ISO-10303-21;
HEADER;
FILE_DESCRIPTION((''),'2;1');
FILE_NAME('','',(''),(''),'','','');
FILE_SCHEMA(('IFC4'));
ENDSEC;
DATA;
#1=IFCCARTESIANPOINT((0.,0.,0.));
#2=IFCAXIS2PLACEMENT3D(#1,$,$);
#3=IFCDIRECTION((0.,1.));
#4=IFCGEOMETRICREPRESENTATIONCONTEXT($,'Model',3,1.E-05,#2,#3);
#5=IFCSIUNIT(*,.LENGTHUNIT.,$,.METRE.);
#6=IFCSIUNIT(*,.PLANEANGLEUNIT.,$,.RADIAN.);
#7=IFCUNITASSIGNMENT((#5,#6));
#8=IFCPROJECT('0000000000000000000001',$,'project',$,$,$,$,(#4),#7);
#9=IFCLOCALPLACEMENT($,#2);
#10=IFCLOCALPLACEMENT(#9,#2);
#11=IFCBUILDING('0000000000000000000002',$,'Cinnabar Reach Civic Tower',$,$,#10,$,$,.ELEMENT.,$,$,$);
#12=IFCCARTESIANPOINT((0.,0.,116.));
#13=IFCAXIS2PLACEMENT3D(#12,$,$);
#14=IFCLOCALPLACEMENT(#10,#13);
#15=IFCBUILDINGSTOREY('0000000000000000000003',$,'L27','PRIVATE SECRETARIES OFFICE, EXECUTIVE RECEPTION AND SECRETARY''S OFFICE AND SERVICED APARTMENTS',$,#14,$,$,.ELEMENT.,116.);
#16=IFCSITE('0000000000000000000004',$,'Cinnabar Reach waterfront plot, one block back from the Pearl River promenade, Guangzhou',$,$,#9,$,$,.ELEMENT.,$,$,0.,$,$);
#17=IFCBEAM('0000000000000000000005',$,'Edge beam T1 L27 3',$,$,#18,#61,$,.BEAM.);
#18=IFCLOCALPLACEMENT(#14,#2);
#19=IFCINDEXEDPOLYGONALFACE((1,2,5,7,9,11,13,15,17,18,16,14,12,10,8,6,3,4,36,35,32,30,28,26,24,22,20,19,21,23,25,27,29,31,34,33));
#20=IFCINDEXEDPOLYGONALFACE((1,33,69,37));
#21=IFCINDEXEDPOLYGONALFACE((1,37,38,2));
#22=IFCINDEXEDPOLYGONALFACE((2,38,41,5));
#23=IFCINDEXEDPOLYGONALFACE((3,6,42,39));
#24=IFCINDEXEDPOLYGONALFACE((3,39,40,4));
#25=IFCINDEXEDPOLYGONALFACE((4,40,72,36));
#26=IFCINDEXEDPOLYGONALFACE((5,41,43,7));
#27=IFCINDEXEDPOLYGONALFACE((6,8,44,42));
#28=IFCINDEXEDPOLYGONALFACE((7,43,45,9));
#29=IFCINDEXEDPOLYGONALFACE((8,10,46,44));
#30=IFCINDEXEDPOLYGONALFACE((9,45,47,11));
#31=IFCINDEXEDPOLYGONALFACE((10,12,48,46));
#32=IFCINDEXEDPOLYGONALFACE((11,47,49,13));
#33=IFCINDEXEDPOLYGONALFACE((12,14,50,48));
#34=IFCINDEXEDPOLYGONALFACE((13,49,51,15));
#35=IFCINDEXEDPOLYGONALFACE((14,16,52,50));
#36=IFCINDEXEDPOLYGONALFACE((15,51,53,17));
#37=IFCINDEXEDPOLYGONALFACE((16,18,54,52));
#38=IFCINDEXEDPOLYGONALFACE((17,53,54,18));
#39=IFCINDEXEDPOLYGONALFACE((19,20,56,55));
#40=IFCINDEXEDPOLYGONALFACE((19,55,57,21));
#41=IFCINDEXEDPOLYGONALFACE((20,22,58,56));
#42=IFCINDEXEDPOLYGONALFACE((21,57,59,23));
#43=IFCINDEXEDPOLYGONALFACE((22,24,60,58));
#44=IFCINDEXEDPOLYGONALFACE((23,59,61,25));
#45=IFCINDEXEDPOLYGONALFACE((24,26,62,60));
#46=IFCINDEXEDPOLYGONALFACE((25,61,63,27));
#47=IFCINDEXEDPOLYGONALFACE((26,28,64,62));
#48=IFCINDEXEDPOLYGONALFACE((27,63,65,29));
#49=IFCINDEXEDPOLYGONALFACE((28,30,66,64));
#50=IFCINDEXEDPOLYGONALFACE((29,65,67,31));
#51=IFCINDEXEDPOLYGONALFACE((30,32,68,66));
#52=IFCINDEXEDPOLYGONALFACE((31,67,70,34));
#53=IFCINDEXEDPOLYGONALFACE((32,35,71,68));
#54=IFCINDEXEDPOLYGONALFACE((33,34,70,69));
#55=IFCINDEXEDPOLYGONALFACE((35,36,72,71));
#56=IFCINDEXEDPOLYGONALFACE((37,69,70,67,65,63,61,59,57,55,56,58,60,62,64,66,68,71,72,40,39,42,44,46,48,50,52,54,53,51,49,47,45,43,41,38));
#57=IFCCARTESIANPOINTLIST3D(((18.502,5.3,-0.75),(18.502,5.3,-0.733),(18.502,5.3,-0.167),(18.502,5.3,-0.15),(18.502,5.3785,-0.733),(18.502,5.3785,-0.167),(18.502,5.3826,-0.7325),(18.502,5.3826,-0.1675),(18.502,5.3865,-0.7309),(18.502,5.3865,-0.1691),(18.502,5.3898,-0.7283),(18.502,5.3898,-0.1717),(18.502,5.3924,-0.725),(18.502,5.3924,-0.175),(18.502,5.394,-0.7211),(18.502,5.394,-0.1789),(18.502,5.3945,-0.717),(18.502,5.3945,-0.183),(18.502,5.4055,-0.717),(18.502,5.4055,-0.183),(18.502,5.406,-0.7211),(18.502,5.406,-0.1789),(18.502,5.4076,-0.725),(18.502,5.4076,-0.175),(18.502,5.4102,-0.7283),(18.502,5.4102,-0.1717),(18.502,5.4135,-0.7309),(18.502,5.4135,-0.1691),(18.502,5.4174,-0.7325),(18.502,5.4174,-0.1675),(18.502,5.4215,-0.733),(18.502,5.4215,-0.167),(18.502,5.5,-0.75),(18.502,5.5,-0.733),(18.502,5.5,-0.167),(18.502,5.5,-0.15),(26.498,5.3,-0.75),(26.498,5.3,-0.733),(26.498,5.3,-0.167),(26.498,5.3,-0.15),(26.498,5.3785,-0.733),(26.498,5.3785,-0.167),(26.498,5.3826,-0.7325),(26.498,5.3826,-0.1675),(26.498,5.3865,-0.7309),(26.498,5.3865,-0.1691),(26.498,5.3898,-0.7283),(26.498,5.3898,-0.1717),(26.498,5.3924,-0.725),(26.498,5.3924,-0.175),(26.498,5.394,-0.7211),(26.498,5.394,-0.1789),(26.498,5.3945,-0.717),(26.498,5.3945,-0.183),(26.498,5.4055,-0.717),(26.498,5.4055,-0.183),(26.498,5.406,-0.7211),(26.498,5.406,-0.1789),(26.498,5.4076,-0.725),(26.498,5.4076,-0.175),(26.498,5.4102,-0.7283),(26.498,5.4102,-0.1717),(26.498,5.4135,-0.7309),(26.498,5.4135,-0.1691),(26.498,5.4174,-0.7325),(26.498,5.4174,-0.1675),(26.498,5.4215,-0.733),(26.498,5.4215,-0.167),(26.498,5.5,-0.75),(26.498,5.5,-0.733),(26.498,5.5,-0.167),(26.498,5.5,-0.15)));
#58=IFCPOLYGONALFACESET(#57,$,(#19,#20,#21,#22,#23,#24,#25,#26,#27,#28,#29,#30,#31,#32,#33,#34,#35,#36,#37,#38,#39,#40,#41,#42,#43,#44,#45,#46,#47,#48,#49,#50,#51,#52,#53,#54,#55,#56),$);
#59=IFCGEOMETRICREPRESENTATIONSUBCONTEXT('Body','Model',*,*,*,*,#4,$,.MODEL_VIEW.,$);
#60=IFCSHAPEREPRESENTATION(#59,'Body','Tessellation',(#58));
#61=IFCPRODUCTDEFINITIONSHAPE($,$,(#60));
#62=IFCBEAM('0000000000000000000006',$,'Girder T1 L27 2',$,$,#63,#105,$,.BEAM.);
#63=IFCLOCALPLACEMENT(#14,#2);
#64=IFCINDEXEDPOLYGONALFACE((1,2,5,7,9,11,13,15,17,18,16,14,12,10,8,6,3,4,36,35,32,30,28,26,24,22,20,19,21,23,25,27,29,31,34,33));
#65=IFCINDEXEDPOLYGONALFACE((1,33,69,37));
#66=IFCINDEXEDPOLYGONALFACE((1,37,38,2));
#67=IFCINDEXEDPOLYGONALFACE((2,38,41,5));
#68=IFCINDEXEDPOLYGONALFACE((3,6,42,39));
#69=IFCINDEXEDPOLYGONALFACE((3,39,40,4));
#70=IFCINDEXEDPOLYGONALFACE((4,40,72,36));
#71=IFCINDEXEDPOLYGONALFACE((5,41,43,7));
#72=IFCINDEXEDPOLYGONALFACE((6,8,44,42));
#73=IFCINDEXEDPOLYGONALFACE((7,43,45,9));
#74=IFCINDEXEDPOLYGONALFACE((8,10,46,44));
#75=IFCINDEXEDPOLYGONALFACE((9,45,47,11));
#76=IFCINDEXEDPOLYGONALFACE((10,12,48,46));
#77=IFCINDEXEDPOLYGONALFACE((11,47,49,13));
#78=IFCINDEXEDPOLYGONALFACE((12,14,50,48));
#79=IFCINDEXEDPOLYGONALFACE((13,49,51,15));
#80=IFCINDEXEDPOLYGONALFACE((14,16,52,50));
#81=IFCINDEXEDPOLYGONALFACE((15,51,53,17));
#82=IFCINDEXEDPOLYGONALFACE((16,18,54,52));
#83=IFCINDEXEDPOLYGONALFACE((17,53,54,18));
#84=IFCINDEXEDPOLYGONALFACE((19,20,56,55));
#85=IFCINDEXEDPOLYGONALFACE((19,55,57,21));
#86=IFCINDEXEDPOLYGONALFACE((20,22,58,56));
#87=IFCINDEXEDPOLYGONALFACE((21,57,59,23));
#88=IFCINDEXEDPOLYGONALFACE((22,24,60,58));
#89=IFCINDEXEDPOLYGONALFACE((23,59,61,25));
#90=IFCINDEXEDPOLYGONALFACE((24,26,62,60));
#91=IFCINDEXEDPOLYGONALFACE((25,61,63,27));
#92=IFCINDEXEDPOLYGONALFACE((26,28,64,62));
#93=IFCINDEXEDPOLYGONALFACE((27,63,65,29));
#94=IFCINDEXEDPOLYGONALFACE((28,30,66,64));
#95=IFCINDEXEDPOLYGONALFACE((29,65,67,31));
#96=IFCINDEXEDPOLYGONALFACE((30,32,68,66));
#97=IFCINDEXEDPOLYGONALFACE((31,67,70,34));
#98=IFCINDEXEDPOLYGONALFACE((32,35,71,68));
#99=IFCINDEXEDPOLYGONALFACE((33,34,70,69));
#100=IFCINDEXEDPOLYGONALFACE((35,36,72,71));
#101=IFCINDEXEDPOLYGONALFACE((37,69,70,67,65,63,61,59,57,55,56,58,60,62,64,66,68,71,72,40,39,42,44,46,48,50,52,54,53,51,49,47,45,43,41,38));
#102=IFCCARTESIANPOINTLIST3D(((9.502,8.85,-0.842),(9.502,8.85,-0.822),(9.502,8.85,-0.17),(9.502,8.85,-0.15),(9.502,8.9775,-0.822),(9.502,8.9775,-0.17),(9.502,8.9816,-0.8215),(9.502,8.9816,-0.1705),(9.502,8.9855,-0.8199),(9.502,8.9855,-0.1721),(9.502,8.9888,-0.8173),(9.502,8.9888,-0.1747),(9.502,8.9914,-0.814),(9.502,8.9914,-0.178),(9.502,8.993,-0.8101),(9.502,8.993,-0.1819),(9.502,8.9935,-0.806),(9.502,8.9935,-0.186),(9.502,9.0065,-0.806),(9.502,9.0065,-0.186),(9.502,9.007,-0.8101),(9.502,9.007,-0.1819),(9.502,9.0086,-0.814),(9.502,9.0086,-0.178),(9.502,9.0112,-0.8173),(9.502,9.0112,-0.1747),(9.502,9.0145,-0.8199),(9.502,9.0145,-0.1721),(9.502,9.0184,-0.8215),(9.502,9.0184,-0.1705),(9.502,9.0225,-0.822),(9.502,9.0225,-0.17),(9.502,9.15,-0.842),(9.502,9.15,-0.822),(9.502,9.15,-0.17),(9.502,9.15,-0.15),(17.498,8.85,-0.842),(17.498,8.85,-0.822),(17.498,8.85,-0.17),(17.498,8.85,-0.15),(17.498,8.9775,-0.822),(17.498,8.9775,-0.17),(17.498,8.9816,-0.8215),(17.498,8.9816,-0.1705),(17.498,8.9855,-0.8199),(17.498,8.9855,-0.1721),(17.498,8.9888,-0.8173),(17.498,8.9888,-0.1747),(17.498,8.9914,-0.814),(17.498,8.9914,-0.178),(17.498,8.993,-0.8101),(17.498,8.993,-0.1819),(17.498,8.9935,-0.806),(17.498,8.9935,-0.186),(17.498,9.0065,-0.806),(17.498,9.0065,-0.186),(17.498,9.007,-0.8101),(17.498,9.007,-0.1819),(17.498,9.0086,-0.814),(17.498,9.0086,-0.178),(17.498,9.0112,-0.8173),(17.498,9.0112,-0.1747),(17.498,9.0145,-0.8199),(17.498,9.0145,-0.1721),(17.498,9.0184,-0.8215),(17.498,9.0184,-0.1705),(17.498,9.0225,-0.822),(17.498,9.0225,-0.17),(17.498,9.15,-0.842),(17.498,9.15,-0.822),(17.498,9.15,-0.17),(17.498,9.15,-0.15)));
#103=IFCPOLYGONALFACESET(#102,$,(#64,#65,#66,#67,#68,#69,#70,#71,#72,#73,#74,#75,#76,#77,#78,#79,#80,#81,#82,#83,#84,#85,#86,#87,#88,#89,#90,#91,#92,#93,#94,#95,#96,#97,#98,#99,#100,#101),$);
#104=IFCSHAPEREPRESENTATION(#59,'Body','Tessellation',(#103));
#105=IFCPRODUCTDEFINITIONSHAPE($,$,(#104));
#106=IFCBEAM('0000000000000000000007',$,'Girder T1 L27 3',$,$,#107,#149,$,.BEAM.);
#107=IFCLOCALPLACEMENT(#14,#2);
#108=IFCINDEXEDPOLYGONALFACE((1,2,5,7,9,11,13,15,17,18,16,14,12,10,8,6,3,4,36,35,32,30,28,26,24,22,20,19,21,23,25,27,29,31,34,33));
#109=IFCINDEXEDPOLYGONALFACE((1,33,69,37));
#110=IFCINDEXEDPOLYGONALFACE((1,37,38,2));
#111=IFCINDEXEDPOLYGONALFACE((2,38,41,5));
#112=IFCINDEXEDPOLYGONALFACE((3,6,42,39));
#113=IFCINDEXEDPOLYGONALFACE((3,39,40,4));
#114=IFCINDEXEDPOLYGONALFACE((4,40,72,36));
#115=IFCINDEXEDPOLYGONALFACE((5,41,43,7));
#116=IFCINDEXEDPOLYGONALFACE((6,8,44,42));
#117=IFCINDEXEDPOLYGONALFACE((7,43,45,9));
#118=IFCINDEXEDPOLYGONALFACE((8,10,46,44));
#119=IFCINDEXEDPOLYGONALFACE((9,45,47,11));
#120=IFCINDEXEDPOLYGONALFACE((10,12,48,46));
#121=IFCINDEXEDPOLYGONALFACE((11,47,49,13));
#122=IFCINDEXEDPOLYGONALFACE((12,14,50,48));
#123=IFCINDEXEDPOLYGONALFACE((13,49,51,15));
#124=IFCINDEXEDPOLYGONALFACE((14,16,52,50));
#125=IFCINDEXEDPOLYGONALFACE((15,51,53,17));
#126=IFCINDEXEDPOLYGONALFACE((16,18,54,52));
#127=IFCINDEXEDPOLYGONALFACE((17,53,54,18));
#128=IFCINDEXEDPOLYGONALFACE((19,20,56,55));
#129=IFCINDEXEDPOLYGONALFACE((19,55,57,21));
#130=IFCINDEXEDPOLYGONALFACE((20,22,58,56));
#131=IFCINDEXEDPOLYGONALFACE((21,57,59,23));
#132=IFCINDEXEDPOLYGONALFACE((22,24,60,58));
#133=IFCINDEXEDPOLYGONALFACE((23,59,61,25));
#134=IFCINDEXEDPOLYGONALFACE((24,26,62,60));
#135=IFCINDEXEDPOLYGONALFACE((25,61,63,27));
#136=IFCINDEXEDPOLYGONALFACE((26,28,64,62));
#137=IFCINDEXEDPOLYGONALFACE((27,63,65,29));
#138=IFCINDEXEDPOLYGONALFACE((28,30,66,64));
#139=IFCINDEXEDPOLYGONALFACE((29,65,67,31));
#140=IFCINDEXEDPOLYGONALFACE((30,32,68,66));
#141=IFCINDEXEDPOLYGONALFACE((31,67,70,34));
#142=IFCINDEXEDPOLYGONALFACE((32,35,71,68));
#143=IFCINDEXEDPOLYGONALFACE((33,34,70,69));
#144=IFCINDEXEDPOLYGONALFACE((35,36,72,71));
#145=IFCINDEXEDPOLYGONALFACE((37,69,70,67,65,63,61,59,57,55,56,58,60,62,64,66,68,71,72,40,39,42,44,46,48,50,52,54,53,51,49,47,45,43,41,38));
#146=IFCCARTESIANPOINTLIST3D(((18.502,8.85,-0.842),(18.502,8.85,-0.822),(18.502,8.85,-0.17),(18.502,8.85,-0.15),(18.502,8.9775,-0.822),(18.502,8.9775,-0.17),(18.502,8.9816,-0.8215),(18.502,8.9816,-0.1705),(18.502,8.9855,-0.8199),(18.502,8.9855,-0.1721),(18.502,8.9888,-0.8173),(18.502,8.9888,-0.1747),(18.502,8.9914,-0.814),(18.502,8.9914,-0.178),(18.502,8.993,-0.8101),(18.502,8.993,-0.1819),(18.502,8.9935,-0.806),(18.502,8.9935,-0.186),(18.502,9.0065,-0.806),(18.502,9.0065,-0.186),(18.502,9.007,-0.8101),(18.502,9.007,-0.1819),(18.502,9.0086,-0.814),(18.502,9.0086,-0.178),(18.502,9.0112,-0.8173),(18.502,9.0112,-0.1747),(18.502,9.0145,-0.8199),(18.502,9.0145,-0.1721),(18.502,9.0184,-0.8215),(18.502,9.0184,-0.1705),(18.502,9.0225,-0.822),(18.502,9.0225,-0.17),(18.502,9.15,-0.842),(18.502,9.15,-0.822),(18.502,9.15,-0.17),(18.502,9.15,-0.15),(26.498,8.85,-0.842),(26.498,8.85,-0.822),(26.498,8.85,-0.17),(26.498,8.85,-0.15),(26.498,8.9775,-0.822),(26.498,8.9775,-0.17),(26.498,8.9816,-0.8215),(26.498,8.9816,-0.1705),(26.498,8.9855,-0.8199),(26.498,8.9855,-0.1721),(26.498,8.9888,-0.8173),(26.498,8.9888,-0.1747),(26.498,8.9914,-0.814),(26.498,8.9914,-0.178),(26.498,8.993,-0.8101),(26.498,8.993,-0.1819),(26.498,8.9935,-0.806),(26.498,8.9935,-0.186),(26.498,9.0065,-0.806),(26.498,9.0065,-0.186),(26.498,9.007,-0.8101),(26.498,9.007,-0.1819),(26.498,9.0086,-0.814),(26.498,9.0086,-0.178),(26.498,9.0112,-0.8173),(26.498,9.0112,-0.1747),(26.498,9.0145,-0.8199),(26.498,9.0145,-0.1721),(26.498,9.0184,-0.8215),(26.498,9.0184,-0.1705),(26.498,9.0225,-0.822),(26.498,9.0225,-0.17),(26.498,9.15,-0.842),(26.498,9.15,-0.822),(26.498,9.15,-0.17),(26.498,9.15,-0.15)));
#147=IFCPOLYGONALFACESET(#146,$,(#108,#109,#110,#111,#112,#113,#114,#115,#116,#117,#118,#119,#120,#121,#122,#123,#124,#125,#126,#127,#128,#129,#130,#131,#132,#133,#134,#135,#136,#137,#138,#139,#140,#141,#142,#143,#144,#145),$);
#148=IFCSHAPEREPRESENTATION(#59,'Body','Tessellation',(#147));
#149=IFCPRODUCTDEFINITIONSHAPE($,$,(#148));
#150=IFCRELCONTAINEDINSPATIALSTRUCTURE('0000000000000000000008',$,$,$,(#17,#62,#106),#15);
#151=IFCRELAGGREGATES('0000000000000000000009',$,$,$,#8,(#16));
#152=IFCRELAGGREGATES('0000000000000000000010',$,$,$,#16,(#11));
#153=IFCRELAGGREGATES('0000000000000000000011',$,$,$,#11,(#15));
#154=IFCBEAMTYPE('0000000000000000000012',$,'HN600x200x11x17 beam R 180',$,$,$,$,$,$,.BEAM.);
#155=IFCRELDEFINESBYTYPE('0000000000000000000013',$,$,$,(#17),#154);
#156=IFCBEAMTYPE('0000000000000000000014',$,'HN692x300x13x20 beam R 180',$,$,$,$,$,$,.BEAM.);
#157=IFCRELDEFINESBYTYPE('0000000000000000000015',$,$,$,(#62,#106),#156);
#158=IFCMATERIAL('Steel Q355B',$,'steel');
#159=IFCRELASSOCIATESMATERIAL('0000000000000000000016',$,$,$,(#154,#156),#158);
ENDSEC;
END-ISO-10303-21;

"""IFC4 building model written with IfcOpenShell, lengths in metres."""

from ifc_helpers import new_model, si_unit, direction, frame, origin, origin_2d, place, context, subcontext, project, spatial, i_section, extrude, material, material_profile, profile_set, type_object, element, save


model = new_model("IFC4")

# Units and contexts
model_context = context("Model", 3, precision=1e-05, world=origin(), true_north=direction((0.0, 1.0)))
body_context = subcontext(model_context, "Body", "Model", "MODEL_VIEW")
ifc_project = project(units=[si_unit("LENGTHUNIT", "METRE"), si_unit("PLANEANGLEUNIT", "RADIAN")], contexts=[model_context])

# Site, building, storey
site_placement = place(None, origin())
site = spatial("IfcSite", under=ifc_project, at=site_placement, Name="Cinnabar Reach waterfront plot, one block back from the Pearl River promenade, Guangzhou", CompositionType="ELEMENT", RefElevation=0.0)
building_placement = place(site_placement, origin())
building = spatial("IfcBuilding", under=site, at=building_placement, Name="Cinnabar Reach Civic Tower", CompositionType="ELEMENT")
storey_placement = place(building_placement, frame((0.0, 0.0, 116.0)))
storey = spatial("IfcBuildingStorey", under=building, at=storey_placement, Name="L27", Description="PRIVATE SECRETARIES OFFICE, EXECUTIVE RECEPTION AND SECRETARY'S OFFICE AND SERVICED APARTMENTS", CompositionType="ELEMENT", Elevation=116.0)

# Beams
ifc_material_1 = material(Name="Steel Q355B", Category="steel")
ifc_material_profile_1 = material_profile(ifc_material_1, i_section(OverallWidth=0.2, OverallDepth=0.6, WebThickness=0.011, FlangeThickness=0.017, FilletRadius=0.016, at=origin_2d()), Name="HN600x200x11x17")
ifc_profile_set_1 = profile_set([ifc_material_profile_1], Name="Steel Q355B")
beam_type_1 = type_object("IfcBeamType", Name="HN600x200x11x17 beam R 180", PredefinedType="BEAM", material=ifc_profile_set_1)
for number, where, z_axis, x_axis, name in (
    (1, (18.502, 5.4, -0.45), (1.0, 0.0, 0.0), (0.0, 1.0, 0.0), "Edge beam T1 L27 3"),
):
    element("IfcBeam", number, at=place(storey_placement, frame(where, z_axis=z_axis, x_axis=x_axis)), inside=storey, type_object=beam_type_1, Name=name, PredefinedType="BEAM", context=body_context, shape_type="SweptSolid", body=[
        extrude(i_section(OverallWidth=0.2, OverallDepth=0.6, WebThickness=0.011, FlangeThickness=0.017, FilletRadius=0.016, at=origin_2d()), origin(), (0.0, 0.0, 1.0), 7.996),
    ])
ifc_material_profile_2 = material_profile(ifc_material_1, i_section(OverallWidth=0.3, OverallDepth=0.692, WebThickness=0.013, FlangeThickness=0.02, FilletRadius=0.016, at=origin_2d()), Name="HN692x300x13x20")
ifc_profile_set_2 = profile_set([ifc_material_profile_2], Name="Steel Q355B")
beam_type_2 = type_object("IfcBeamType", Name="HN692x300x13x20 beam R 180", PredefinedType="BEAM", material=ifc_profile_set_2)
for number, where, z_axis, x_axis, name in (
    (2, (9.502, 9.0, -0.496), (1.0, 0.0, 0.0), (0.0, 1.0, 0.0), "Girder T1 L27 2"),
    (3, (18.502, 9.0, -0.496), (1.0, 0.0, 0.0), (0.0, 1.0, 0.0), "Girder T1 L27 3"),
):
    element("IfcBeam", number, at=place(storey_placement, frame(where, z_axis=z_axis, x_axis=x_axis)), inside=storey, type_object=beam_type_2, Name=name, PredefinedType="BEAM", context=body_context, shape_type="SweptSolid", body=[
        extrude(i_section(OverallWidth=0.3, OverallDepth=0.692, WebThickness=0.013, FlangeThickness=0.02, FilletRadius=0.016, at=origin_2d()), origin(), (0.0, 0.0, 1.0), 7.996),
    ])

save(model, "model.ifc")
